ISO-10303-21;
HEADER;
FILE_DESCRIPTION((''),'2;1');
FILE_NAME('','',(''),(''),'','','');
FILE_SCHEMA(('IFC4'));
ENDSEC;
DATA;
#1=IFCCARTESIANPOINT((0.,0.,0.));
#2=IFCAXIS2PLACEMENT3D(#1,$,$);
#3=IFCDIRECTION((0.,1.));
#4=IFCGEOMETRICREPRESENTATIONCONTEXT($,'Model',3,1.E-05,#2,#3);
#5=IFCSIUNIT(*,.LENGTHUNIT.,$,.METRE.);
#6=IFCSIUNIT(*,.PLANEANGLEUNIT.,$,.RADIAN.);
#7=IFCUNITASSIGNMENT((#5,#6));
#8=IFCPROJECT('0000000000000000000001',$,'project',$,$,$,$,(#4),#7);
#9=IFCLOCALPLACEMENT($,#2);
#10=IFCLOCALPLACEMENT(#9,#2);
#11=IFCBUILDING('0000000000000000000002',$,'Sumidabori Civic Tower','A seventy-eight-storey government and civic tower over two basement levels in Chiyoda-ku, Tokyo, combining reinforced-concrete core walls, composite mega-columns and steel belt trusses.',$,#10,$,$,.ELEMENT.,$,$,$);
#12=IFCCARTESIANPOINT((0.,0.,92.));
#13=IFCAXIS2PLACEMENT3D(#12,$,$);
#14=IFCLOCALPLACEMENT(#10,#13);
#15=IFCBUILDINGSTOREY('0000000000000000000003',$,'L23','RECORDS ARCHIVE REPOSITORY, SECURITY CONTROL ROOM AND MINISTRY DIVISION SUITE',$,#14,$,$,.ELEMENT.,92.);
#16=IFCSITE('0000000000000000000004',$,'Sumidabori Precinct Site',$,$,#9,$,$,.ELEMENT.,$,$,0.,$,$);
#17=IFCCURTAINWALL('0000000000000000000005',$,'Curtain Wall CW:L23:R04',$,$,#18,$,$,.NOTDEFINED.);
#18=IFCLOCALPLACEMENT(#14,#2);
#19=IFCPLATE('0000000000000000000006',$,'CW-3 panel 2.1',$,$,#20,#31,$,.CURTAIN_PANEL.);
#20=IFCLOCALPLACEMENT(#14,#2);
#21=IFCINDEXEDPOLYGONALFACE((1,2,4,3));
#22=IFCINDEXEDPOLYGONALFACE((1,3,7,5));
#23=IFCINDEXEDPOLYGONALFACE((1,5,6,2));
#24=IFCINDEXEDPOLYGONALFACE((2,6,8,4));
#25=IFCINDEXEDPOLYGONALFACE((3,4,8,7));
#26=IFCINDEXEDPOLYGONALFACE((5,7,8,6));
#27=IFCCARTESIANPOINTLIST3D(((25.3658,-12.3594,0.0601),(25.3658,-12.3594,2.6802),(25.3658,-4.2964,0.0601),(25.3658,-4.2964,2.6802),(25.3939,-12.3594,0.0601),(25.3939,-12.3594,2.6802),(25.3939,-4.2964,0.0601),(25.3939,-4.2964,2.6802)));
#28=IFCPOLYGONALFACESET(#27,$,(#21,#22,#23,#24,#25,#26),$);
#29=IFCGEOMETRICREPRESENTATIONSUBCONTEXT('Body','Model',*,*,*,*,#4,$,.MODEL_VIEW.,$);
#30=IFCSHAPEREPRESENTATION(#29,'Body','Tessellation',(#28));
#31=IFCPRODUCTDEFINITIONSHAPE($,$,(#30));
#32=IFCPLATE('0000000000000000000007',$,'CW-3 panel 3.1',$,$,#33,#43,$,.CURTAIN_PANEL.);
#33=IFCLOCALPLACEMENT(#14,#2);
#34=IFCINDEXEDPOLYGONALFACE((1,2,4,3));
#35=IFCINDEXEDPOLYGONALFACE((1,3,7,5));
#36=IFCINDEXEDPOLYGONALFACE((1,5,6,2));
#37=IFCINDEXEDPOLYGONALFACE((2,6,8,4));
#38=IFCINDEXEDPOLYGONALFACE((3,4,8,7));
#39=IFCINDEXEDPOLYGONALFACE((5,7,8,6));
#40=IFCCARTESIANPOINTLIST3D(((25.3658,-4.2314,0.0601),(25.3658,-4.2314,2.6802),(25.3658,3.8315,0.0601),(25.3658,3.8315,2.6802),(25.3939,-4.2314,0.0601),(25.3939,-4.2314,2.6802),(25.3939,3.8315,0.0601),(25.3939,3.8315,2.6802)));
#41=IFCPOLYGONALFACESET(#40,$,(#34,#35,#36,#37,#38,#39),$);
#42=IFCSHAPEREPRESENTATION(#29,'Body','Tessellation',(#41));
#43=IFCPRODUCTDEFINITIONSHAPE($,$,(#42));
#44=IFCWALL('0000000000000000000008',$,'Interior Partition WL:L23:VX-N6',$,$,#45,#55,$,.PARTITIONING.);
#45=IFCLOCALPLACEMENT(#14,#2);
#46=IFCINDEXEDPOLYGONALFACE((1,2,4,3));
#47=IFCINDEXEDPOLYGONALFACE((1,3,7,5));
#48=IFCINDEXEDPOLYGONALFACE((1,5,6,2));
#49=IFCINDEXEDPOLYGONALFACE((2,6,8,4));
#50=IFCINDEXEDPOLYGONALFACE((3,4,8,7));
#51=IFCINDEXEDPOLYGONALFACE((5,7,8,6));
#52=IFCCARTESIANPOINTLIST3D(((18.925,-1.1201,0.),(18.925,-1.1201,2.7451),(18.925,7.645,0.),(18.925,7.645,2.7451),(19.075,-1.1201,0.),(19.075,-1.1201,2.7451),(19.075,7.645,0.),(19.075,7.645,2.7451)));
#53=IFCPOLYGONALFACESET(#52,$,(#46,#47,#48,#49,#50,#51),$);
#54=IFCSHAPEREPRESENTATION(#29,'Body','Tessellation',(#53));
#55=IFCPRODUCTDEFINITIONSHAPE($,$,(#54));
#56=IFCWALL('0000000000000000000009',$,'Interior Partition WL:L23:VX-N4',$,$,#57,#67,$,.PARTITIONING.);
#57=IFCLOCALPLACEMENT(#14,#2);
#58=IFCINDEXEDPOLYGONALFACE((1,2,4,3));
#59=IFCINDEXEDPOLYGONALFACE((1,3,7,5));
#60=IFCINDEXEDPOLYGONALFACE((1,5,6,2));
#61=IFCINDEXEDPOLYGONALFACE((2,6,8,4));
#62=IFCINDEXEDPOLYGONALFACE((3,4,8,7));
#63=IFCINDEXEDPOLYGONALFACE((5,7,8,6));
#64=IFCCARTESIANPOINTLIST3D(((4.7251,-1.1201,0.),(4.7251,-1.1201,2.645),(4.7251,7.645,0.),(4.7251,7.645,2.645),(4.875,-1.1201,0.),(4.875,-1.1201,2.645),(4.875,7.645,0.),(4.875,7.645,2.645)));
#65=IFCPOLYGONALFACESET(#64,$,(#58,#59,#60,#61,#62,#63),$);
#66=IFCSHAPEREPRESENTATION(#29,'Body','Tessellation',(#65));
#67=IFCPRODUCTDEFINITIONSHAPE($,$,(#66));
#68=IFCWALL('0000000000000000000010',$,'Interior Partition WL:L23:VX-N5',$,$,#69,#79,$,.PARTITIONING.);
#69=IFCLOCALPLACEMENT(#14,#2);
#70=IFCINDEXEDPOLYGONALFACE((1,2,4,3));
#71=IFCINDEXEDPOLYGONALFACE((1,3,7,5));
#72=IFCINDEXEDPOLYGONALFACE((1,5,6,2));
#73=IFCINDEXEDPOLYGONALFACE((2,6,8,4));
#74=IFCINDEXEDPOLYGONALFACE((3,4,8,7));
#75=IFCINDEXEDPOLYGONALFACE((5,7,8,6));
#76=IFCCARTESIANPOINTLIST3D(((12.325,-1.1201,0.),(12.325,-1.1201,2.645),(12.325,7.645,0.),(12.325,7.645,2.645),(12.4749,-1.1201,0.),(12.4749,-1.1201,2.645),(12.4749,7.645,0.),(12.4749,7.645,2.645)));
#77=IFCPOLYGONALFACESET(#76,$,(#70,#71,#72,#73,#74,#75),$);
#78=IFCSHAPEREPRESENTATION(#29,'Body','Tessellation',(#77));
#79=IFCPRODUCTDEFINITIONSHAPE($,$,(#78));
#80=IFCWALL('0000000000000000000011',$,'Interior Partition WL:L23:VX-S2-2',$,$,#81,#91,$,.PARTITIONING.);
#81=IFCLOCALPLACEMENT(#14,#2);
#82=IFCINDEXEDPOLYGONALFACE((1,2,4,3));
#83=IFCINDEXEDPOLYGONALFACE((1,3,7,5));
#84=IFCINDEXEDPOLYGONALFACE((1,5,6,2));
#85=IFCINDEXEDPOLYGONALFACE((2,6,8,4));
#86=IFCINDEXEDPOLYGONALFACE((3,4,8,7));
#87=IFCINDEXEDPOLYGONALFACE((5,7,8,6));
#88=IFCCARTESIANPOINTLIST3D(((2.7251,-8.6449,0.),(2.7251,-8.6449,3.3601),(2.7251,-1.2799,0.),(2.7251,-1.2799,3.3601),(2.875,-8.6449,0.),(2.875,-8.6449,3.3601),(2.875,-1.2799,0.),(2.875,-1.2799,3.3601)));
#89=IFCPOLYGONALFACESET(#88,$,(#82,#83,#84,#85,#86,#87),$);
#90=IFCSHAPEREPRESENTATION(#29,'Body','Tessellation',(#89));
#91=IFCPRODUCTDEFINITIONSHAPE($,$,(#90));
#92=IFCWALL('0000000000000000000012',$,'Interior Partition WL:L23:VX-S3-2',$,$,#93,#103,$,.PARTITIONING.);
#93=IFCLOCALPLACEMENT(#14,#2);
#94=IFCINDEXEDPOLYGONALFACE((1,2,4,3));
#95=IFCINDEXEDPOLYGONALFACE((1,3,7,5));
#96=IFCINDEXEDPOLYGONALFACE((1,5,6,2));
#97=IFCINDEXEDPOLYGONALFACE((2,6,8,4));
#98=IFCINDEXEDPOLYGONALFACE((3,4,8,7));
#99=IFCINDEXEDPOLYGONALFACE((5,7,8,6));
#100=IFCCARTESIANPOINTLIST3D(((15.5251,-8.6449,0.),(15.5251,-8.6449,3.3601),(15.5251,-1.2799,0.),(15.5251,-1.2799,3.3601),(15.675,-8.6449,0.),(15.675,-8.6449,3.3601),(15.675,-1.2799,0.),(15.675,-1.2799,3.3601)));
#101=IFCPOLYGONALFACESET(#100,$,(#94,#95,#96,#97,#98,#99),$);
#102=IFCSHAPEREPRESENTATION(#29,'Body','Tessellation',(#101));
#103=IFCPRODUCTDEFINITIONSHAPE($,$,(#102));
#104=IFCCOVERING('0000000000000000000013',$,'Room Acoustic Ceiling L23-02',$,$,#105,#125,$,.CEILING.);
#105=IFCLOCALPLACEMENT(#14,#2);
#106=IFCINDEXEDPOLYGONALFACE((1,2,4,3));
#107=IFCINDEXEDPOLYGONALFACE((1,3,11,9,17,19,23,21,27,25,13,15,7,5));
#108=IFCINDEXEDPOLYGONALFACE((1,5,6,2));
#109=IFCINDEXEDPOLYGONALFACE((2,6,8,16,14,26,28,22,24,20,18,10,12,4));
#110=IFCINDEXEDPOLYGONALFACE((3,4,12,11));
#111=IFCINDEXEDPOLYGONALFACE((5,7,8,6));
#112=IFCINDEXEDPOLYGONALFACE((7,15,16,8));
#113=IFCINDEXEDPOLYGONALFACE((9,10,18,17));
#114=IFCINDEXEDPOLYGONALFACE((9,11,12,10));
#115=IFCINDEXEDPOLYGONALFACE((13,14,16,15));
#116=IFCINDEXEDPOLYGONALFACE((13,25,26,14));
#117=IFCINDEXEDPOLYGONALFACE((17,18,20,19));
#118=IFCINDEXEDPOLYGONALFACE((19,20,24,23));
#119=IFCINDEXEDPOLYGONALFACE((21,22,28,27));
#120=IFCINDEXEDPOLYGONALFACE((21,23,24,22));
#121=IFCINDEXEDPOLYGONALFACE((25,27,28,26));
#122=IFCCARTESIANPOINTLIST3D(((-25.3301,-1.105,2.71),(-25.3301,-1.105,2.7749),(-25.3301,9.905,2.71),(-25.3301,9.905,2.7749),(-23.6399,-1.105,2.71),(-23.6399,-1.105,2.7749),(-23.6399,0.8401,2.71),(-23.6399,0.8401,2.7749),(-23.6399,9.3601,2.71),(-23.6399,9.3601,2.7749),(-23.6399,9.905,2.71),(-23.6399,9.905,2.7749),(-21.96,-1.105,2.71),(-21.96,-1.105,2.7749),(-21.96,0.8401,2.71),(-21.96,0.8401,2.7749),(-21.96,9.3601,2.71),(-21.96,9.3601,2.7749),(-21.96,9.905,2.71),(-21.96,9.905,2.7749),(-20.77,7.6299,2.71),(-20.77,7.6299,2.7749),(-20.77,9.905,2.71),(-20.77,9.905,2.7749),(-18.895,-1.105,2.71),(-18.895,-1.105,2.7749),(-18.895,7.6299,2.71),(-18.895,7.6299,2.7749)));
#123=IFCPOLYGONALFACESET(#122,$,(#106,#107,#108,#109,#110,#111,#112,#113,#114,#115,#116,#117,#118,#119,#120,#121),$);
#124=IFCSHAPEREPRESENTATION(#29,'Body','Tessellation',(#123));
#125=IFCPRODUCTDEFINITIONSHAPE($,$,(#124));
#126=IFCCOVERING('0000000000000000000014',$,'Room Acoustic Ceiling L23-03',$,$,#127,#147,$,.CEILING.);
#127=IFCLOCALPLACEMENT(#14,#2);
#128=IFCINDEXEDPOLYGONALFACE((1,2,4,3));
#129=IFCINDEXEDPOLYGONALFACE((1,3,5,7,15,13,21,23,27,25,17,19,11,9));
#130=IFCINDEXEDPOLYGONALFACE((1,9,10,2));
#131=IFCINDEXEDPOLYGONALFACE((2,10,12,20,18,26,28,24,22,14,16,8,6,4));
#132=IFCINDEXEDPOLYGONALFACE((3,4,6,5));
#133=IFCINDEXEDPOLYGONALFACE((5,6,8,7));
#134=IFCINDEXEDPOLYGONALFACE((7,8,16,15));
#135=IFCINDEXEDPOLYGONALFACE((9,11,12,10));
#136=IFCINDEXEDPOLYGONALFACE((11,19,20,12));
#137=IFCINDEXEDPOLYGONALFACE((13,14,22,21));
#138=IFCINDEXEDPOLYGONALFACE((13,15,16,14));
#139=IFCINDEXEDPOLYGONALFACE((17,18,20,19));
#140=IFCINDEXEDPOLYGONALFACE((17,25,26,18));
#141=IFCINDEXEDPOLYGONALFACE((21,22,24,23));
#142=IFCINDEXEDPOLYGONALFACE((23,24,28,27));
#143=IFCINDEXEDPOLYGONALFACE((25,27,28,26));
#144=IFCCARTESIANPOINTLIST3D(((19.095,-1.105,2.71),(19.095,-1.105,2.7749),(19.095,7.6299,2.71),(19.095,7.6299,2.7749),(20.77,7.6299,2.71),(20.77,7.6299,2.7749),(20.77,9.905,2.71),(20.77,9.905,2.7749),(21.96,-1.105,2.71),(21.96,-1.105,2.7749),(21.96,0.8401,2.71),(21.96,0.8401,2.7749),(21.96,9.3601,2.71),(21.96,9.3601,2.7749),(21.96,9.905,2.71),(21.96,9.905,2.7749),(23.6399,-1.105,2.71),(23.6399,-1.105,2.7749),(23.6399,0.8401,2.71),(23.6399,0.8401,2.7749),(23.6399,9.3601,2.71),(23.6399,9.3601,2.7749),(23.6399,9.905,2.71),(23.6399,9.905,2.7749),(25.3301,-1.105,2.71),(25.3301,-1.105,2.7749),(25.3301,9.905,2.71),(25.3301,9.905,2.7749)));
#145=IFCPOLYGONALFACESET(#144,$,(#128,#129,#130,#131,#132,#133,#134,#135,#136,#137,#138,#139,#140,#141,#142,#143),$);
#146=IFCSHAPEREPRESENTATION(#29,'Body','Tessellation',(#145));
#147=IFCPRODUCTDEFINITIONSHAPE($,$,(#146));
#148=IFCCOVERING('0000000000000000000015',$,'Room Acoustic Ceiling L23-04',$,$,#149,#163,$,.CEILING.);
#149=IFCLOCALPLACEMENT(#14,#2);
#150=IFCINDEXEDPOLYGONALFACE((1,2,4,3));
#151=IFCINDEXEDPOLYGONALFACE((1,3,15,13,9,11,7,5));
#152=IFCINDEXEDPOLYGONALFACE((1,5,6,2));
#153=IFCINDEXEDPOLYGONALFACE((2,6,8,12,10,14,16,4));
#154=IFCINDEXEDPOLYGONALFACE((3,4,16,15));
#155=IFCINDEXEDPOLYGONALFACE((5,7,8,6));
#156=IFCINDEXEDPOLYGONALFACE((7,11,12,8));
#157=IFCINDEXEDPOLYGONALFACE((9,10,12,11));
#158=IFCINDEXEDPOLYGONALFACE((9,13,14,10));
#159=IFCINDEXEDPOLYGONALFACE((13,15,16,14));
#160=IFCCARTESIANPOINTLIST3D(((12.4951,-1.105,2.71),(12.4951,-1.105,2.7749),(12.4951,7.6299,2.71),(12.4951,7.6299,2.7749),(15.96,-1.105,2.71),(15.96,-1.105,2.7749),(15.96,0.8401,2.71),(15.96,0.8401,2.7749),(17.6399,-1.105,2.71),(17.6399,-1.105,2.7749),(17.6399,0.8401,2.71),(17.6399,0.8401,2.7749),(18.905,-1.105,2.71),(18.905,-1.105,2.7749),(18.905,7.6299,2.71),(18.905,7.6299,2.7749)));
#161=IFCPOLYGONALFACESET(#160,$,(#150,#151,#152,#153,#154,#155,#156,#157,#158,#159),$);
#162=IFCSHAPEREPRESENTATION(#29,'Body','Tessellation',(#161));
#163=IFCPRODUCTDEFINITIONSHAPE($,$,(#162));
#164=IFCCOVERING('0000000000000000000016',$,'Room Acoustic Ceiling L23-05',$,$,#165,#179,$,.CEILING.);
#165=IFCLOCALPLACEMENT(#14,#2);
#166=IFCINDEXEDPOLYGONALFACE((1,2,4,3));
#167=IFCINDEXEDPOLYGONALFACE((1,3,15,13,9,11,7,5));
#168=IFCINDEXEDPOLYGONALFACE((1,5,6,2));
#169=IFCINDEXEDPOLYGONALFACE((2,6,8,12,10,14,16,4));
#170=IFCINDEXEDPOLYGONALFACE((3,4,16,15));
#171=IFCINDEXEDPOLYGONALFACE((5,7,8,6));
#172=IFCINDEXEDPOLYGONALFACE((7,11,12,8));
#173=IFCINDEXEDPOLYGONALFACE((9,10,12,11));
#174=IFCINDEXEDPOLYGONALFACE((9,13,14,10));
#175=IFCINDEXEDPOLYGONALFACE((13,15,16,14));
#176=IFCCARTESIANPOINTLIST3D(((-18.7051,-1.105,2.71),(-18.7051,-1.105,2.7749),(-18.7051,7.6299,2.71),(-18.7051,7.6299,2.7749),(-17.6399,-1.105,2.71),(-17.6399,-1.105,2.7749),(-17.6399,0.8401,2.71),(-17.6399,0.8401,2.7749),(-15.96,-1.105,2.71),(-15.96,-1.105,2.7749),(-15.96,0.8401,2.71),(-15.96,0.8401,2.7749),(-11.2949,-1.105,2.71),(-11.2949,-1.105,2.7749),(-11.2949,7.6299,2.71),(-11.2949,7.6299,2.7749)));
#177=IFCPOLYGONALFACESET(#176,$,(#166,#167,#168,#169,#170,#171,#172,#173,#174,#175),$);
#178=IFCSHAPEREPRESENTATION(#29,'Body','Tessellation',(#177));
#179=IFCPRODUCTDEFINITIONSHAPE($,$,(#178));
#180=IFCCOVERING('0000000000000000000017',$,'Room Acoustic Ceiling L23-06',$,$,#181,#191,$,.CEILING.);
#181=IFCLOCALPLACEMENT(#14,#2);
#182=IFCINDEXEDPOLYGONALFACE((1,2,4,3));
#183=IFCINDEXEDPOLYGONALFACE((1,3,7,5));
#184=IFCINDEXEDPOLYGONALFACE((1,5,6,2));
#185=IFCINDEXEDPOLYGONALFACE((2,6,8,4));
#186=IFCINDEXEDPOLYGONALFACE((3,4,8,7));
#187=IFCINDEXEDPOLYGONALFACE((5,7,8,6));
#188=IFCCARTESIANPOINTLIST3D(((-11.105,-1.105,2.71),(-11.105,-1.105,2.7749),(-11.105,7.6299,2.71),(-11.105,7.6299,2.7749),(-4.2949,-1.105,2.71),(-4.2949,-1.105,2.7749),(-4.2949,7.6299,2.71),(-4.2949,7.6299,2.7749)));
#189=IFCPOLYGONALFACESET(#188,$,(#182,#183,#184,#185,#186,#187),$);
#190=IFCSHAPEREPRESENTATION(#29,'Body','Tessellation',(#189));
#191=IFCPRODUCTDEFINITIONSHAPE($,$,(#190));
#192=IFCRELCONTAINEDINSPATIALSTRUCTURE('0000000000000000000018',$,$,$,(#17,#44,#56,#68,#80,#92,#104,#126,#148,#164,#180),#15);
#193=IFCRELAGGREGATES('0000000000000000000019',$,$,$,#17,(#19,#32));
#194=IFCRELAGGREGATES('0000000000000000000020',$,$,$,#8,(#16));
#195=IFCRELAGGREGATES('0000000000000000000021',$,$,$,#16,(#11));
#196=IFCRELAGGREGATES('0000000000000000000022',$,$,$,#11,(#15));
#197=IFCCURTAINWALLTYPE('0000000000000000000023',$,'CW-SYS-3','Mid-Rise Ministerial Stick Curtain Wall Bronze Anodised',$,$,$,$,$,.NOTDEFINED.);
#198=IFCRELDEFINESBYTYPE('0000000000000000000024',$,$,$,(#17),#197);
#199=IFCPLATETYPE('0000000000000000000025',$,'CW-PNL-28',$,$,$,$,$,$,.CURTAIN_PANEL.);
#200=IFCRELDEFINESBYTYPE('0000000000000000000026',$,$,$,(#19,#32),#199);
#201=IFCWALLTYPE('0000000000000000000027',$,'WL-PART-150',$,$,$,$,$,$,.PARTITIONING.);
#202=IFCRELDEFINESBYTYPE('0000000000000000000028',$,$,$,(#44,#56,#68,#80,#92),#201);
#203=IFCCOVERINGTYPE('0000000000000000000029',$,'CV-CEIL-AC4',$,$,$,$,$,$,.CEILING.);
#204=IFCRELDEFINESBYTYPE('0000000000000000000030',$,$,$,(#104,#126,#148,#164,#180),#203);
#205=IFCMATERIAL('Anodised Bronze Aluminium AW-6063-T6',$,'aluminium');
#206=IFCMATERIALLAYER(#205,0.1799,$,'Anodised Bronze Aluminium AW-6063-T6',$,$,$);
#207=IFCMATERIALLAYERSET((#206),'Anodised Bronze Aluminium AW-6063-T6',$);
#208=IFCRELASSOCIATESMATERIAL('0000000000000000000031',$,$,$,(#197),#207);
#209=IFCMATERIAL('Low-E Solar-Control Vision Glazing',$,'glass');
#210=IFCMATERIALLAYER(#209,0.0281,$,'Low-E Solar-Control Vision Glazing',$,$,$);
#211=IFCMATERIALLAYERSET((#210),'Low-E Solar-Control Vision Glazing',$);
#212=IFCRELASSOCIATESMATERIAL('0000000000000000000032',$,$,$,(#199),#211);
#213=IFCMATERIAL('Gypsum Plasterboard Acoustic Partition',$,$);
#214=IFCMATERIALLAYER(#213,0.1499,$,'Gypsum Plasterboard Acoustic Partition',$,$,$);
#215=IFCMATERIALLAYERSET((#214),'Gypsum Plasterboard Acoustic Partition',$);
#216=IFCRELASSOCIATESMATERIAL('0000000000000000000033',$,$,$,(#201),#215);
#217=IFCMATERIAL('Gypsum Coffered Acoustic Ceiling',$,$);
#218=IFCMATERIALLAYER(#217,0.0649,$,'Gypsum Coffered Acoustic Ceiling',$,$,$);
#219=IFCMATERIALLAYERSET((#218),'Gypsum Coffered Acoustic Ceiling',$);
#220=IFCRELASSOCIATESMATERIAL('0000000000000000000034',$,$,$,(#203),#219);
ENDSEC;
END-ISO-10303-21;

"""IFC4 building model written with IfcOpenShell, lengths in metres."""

from ifc_helpers import new_model, si_unit, direction, frame, frame_2d, origin, origin_2d, place, context, subcontext, project, spatial, polyline, rectangle, outline, extrude, source, transform, mapped, material, layer, layer_set, type_object, element, aggregate, save


model = new_model("IFC4")

# Units and contexts
model_context = context("Model", 3, precision=1e-05, world=origin(), true_north=direction((0.0, 1.0)))
body_context = subcontext(model_context, "Body", "Model", "MODEL_VIEW")
ifc_project = project(units=[si_unit("LENGTHUNIT", "METRE"), si_unit("PLANEANGLEUNIT", "RADIAN")], contexts=[model_context])

# Site, building, storey
site_placement = place(None, origin())
site = spatial("IfcSite", under=ifc_project, at=site_placement, Name="Sumidabori Precinct Site", CompositionType="ELEMENT", RefElevation=0.0)
building_placement = place(site_placement, origin())
building = spatial("IfcBuilding", under=site, at=building_placement, Name="Sumidabori Civic Tower", Description="A seventy-eight-storey government and civic tower over two basement levels in Chiyoda-ku, Tokyo, combining reinforced-concrete core walls, composite mega-columns and steel belt trusses.", CompositionType="ELEMENT")
storey_placement = place(building_placement, frame((0.0, 0.0, 92.0)))
storey = spatial("IfcBuildingStorey", under=building, at=storey_placement, Name="L23", Description="RECORDS ARCHIVE REPOSITORY, SECURITY CONTROL ROOM AND MINISTRY DIVISION SUITE", CompositionType="ELEMENT", Elevation=92.0)

# Curtain wall, plates
ifc_material_1 = material(Name="Anodised Bronze Aluminium AW-6063-T6", Category="aluminium")
ifc_layer_1 = layer(ifc_material_1, 0.1799, Name="Anodised Bronze Aluminium AW-6063-T6")
ifc_layer_set_1 = layer_set([ifc_layer_1], Name="Anodised Bronze Aluminium AW-6063-T6")
curtain_wall_type = type_object("IfcCurtainWallType", Name="CW-SYS-3", Description="Mid-Rise Ministerial Stick Curtain Wall Bronze Anodised", PredefinedType="NOTDEFINED", material=ifc_layer_set_1)
curtain_wall_placement = place(storey_placement, origin())
curtain_wall = element("IfcCurtainWall", 1, at=curtain_wall_placement, inside=storey, type_object=curtain_wall_type, Name="Curtain Wall CW:L23:R04", PredefinedType="NOTDEFINED")
ifc_material_2 = material(Name="Low-E Solar-Control Vision Glazing", Category="glass")
ifc_layer_2 = layer(ifc_material_2, 0.0281, Name="Low-E Solar-Control Vision Glazing")
ifc_layer_set_2 = layer_set([ifc_layer_2], Name="Low-E Solar-Control Vision Glazing")
plate_type = type_object("IfcPlateType", Name="CW-PNL-28", PredefinedType="CURTAIN_PANEL", material=ifc_layer_set_2)
shared_shape_1 = source(origin(), body_context, "Body", "SweptSolid", [
    extrude(rectangle(XDim=8.063, YDim=0.0281, at=origin_2d()), origin(), (0.0, 0.0, 1.0), 2.6201),
])
plate_1_placement = place(storey_placement, frame((25.3799, -8.3279, 0.0601), z_axis=(0.0, 0.0, 1.0), x_axis=(0.0, 1.0, 0.0)))
plate_1 = element("IfcPlate", 2, at=plate_1_placement, type_object=plate_type, Name="CW-3 panel 2.1", PredefinedType="CURTAIN_PANEL", context=body_context, shape_type="MappedRepresentation", body=[
    mapped(shared_shape_1, transform((0.0, 0.0, 0.0), x_axis=(1.0, 0.0, 0.0), y_axis=(0.0, 1.0, 0.0), z_axis=(0.0, 0.0, 1.0), scale=1.0)),
])
plate_2_placement = place(storey_placement, frame((25.3799, -0.2, 0.0601), z_axis=(0.0, 0.0, 1.0), x_axis=(0.0, 1.0, 0.0)))
plate_2 = element("IfcPlate", 3, at=plate_2_placement, type_object=plate_type, Name="CW-3 panel 3.1", PredefinedType="CURTAIN_PANEL", context=body_context, shape_type="MappedRepresentation", body=[
    mapped(shared_shape_1, transform((0.0, 0.0, 0.0), x_axis=(1.0, 0.0, 0.0), y_axis=(0.0, 1.0, 0.0), z_axis=(0.0, 0.0, 1.0), scale=1.0)),
])
aggregate(curtain_wall, [plate_1, plate_2])

# Walls
ifc_material_3 = material(Name="Gypsum Plasterboard Acoustic Partition")
ifc_layer_3 = layer(ifc_material_3, 0.1499, Name="Gypsum Plasterboard Acoustic Partition")
ifc_layer_set_3 = layer_set([ifc_layer_3], Name="Gypsum Plasterboard Acoustic Partition")
wall_type = type_object("IfcWallType", Name="WL-PART-150", PredefinedType="PARTITIONING", material=ifc_layer_set_3)
shared_shape_2 = source(origin(), body_context, "Body", "SweptSolid", [
    extrude(rectangle(XDim=8.7651, YDim=0.1499, at=frame_2d((4.3826, 0.0))), origin(), (0.0, 0.0, 1.0), 2.7451),
])
wall_placement = place(storey_placement, frame((19.0, -1.1201, 0.0), z_axis=(0.0, 0.0, 1.0), x_axis=(0.0, 1.0, 0.0)))
element("IfcWall", 4, at=wall_placement, inside=storey, type_object=wall_type, Name="Interior Partition WL:L23:VX-N6", PredefinedType="PARTITIONING", context=body_context, shape_type="MappedRepresentation", body=[
    mapped(shared_shape_2, transform((0.0, 0.0, 0.0), x_axis=(1.0, 0.0, 0.0), y_axis=(0.0, 1.0, 0.0), z_axis=(0.0, 0.0, 1.0), scale=1.0)),
])
shared_shape_3 = source(origin(), body_context, "Body", "SweptSolid", [
    extrude(rectangle(XDim=8.7651, YDim=0.1499, at=frame_2d((4.3826, 0.0))), origin(), (0.0, 0.0, 1.0), 2.645),
])
for number, where, z_axis, x_axis, name in (
    (5, (4.8, -1.1201, 0.0), (0.0, 0.0, 1.0), (0.0, 1.0, 0.0), "Interior Partition WL:L23:VX-N4"),
    (6, (12.3999, -1.1201, 0.0), (0.0, 0.0, 1.0), (0.0, 1.0, 0.0), "Interior Partition WL:L23:VX-N5"),
):
    element("IfcWall", number, at=place(storey_placement, frame(where, z_axis=z_axis, x_axis=x_axis)), inside=storey, type_object=wall_type, Name=name, PredefinedType="PARTITIONING", context=body_context, shape_type="MappedRepresentation", body=[
        mapped(shared_shape_3, transform((0.0, 0.0, 0.0), x_axis=(1.0, 0.0, 0.0), y_axis=(0.0, 1.0, 0.0), z_axis=(0.0, 0.0, 1.0), scale=1.0)),
    ])
shared_shape_4 = source(origin(), body_context, "Body", "SweptSolid", [
    extrude(rectangle(XDim=7.365, YDim=0.1499, at=frame_2d((3.6826, 0.0))), origin(), (0.0, 0.0, 1.0), 3.3601),
])
for number, where, z_axis, x_axis, name in (
    (7, (2.8, -8.645, 0.0), (0.0, 0.0, 1.0), (0.0, 1.0, 0.0), "Interior Partition WL:L23:VX-S2-2"),
    (8, (15.6001, -8.645, 0.0), (0.0, 0.0, 1.0), (0.0, 1.0, 0.0), "Interior Partition WL:L23:VX-S3-2"),
):
    element("IfcWall", number, at=place(storey_placement, frame(where, z_axis=z_axis, x_axis=x_axis)), inside=storey, type_object=wall_type, Name=name, PredefinedType="PARTITIONING", context=body_context, shape_type="MappedRepresentation", body=[
        mapped(shared_shape_4, transform((0.0, 0.0, 0.0), x_axis=(1.0, 0.0, 0.0), y_axis=(0.0, 1.0, 0.0), z_axis=(0.0, 0.0, 1.0), scale=1.0)),
    ])

# Coverings
ifc_material_4 = material(Name="Gypsum Coffered Acoustic Ceiling")
ifc_layer_4 = layer(ifc_material_4, 0.0649, Name="Gypsum Coffered Acoustic Ceiling")
ifc_layer_set_4 = layer_set([ifc_layer_4], Name="Gypsum Coffered Acoustic Ceiling")
covering_type_1 = type_object("IfcCoveringType", Name="CV-CEIL-AC4", PredefinedType="CEILING", material=ifc_layer_set_4)
covering_1_placement = place(storey_placement, frame((0.0, 0.0, 2.71)))
element("IfcCovering", 9, at=covering_1_placement, inside=storey, type_object=covering_type_1, Name="Room Acoustic Ceiling L23-02", PredefinedType="CEILING", context=body_context, shape_type="SweptSolid", body=[
    extrude(outline(polyline([(-25.3301, -1.105), (-25.3301, 9.905), (-23.6399, 9.905), (-23.6399, 9.3601), (-21.96, 9.3601), (-21.96, 9.905), (-20.77, 9.905), (-20.77, 7.6299), (-18.895, 7.6299), (-18.895, -1.105), (-21.96, -1.105), (-21.96, 0.8401), (-23.6399, 0.8401), (-23.6399, -1.105), (-25.3301, -1.105)])), origin(), (0.0, 0.0, 1.0), 0.0649),
])
covering_2_placement = place(storey_placement, frame((0.0, 0.0, 2.71)))
element("IfcCovering", 10, at=covering_2_placement, inside=storey, type_object=covering_type_1, Name="Room Acoustic Ceiling L23-03", PredefinedType="CEILING", context=body_context, shape_type="SweptSolid", body=[
    extrude(outline(polyline([(19.095, 7.6299), (20.77, 7.6299), (20.77, 9.905), (21.96, 9.905), (21.96, 9.3601), (23.6399, 9.3601), (23.6399, 9.905), (25.3301, 9.905), (25.3301, -1.105), (23.6399, -1.105), (23.6399, 0.8401), (21.96, 0.8401), (21.96, -1.105), (19.095, -1.105), (19.095, 7.6299)])), origin(), (0.0, 0.0, 1.0), 0.0649),
])
covering_3_placement = place(storey_placement, frame((0.0, 0.0, 2.71)))
element("IfcCovering", 11, at=covering_3_placement, inside=storey, type_object=covering_type_1, Name="Room Acoustic Ceiling L23-04", PredefinedType="CEILING", context=body_context, shape_type="SweptSolid", body=[
    extrude(outline(polyline([(12.4951, 7.6299), (18.905, 7.6299), (18.905, -1.105), (17.6399, -1.105), (17.6399, 0.8401), (15.96, 0.8401), (15.96, -1.105), (12.4951, -1.105), (12.4951, 7.6299)])), origin(), (0.0, 0.0, 1.0), 0.0649),
])
covering_4_placement = place(storey_placement, frame((0.0, 0.0, 2.71)))
element("IfcCovering", 12, at=covering_4_placement, inside=storey, type_object=covering_type_1, Name="Room Acoustic Ceiling L23-05", PredefinedType="CEILING", context=body_context, shape_type="SweptSolid", body=[
    extrude(outline(polyline([(-18.7051, 7.6299), (-11.2949, 7.6299), (-11.2949, -1.105), (-15.96, -1.105), (-15.96, 0.8401), (-17.6399, 0.8401), (-17.6399, -1.105), (-18.7051, -1.105), (-18.7051, 7.6299)])), origin(), (0.0, 0.0, 1.0), 0.0649),
])
covering_5_placement = place(storey_placement, frame((0.0, 0.0, 2.71)))
element("IfcCovering", 13, at=covering_5_placement, inside=storey, type_object=covering_type_1, Name="Room Acoustic Ceiling L23-06", PredefinedType="CEILING", context=body_context, shape_type="SweptSolid", body=[
    extrude(outline(polyline([(-11.105, 7.6299), (-4.2949, 7.6299), (-4.2949, -1.105), (-11.105, -1.105), (-11.105, 7.6299)])), origin(), (0.0, 0.0, 1.0), 0.0649),
])

save(model, "model.ifc")
